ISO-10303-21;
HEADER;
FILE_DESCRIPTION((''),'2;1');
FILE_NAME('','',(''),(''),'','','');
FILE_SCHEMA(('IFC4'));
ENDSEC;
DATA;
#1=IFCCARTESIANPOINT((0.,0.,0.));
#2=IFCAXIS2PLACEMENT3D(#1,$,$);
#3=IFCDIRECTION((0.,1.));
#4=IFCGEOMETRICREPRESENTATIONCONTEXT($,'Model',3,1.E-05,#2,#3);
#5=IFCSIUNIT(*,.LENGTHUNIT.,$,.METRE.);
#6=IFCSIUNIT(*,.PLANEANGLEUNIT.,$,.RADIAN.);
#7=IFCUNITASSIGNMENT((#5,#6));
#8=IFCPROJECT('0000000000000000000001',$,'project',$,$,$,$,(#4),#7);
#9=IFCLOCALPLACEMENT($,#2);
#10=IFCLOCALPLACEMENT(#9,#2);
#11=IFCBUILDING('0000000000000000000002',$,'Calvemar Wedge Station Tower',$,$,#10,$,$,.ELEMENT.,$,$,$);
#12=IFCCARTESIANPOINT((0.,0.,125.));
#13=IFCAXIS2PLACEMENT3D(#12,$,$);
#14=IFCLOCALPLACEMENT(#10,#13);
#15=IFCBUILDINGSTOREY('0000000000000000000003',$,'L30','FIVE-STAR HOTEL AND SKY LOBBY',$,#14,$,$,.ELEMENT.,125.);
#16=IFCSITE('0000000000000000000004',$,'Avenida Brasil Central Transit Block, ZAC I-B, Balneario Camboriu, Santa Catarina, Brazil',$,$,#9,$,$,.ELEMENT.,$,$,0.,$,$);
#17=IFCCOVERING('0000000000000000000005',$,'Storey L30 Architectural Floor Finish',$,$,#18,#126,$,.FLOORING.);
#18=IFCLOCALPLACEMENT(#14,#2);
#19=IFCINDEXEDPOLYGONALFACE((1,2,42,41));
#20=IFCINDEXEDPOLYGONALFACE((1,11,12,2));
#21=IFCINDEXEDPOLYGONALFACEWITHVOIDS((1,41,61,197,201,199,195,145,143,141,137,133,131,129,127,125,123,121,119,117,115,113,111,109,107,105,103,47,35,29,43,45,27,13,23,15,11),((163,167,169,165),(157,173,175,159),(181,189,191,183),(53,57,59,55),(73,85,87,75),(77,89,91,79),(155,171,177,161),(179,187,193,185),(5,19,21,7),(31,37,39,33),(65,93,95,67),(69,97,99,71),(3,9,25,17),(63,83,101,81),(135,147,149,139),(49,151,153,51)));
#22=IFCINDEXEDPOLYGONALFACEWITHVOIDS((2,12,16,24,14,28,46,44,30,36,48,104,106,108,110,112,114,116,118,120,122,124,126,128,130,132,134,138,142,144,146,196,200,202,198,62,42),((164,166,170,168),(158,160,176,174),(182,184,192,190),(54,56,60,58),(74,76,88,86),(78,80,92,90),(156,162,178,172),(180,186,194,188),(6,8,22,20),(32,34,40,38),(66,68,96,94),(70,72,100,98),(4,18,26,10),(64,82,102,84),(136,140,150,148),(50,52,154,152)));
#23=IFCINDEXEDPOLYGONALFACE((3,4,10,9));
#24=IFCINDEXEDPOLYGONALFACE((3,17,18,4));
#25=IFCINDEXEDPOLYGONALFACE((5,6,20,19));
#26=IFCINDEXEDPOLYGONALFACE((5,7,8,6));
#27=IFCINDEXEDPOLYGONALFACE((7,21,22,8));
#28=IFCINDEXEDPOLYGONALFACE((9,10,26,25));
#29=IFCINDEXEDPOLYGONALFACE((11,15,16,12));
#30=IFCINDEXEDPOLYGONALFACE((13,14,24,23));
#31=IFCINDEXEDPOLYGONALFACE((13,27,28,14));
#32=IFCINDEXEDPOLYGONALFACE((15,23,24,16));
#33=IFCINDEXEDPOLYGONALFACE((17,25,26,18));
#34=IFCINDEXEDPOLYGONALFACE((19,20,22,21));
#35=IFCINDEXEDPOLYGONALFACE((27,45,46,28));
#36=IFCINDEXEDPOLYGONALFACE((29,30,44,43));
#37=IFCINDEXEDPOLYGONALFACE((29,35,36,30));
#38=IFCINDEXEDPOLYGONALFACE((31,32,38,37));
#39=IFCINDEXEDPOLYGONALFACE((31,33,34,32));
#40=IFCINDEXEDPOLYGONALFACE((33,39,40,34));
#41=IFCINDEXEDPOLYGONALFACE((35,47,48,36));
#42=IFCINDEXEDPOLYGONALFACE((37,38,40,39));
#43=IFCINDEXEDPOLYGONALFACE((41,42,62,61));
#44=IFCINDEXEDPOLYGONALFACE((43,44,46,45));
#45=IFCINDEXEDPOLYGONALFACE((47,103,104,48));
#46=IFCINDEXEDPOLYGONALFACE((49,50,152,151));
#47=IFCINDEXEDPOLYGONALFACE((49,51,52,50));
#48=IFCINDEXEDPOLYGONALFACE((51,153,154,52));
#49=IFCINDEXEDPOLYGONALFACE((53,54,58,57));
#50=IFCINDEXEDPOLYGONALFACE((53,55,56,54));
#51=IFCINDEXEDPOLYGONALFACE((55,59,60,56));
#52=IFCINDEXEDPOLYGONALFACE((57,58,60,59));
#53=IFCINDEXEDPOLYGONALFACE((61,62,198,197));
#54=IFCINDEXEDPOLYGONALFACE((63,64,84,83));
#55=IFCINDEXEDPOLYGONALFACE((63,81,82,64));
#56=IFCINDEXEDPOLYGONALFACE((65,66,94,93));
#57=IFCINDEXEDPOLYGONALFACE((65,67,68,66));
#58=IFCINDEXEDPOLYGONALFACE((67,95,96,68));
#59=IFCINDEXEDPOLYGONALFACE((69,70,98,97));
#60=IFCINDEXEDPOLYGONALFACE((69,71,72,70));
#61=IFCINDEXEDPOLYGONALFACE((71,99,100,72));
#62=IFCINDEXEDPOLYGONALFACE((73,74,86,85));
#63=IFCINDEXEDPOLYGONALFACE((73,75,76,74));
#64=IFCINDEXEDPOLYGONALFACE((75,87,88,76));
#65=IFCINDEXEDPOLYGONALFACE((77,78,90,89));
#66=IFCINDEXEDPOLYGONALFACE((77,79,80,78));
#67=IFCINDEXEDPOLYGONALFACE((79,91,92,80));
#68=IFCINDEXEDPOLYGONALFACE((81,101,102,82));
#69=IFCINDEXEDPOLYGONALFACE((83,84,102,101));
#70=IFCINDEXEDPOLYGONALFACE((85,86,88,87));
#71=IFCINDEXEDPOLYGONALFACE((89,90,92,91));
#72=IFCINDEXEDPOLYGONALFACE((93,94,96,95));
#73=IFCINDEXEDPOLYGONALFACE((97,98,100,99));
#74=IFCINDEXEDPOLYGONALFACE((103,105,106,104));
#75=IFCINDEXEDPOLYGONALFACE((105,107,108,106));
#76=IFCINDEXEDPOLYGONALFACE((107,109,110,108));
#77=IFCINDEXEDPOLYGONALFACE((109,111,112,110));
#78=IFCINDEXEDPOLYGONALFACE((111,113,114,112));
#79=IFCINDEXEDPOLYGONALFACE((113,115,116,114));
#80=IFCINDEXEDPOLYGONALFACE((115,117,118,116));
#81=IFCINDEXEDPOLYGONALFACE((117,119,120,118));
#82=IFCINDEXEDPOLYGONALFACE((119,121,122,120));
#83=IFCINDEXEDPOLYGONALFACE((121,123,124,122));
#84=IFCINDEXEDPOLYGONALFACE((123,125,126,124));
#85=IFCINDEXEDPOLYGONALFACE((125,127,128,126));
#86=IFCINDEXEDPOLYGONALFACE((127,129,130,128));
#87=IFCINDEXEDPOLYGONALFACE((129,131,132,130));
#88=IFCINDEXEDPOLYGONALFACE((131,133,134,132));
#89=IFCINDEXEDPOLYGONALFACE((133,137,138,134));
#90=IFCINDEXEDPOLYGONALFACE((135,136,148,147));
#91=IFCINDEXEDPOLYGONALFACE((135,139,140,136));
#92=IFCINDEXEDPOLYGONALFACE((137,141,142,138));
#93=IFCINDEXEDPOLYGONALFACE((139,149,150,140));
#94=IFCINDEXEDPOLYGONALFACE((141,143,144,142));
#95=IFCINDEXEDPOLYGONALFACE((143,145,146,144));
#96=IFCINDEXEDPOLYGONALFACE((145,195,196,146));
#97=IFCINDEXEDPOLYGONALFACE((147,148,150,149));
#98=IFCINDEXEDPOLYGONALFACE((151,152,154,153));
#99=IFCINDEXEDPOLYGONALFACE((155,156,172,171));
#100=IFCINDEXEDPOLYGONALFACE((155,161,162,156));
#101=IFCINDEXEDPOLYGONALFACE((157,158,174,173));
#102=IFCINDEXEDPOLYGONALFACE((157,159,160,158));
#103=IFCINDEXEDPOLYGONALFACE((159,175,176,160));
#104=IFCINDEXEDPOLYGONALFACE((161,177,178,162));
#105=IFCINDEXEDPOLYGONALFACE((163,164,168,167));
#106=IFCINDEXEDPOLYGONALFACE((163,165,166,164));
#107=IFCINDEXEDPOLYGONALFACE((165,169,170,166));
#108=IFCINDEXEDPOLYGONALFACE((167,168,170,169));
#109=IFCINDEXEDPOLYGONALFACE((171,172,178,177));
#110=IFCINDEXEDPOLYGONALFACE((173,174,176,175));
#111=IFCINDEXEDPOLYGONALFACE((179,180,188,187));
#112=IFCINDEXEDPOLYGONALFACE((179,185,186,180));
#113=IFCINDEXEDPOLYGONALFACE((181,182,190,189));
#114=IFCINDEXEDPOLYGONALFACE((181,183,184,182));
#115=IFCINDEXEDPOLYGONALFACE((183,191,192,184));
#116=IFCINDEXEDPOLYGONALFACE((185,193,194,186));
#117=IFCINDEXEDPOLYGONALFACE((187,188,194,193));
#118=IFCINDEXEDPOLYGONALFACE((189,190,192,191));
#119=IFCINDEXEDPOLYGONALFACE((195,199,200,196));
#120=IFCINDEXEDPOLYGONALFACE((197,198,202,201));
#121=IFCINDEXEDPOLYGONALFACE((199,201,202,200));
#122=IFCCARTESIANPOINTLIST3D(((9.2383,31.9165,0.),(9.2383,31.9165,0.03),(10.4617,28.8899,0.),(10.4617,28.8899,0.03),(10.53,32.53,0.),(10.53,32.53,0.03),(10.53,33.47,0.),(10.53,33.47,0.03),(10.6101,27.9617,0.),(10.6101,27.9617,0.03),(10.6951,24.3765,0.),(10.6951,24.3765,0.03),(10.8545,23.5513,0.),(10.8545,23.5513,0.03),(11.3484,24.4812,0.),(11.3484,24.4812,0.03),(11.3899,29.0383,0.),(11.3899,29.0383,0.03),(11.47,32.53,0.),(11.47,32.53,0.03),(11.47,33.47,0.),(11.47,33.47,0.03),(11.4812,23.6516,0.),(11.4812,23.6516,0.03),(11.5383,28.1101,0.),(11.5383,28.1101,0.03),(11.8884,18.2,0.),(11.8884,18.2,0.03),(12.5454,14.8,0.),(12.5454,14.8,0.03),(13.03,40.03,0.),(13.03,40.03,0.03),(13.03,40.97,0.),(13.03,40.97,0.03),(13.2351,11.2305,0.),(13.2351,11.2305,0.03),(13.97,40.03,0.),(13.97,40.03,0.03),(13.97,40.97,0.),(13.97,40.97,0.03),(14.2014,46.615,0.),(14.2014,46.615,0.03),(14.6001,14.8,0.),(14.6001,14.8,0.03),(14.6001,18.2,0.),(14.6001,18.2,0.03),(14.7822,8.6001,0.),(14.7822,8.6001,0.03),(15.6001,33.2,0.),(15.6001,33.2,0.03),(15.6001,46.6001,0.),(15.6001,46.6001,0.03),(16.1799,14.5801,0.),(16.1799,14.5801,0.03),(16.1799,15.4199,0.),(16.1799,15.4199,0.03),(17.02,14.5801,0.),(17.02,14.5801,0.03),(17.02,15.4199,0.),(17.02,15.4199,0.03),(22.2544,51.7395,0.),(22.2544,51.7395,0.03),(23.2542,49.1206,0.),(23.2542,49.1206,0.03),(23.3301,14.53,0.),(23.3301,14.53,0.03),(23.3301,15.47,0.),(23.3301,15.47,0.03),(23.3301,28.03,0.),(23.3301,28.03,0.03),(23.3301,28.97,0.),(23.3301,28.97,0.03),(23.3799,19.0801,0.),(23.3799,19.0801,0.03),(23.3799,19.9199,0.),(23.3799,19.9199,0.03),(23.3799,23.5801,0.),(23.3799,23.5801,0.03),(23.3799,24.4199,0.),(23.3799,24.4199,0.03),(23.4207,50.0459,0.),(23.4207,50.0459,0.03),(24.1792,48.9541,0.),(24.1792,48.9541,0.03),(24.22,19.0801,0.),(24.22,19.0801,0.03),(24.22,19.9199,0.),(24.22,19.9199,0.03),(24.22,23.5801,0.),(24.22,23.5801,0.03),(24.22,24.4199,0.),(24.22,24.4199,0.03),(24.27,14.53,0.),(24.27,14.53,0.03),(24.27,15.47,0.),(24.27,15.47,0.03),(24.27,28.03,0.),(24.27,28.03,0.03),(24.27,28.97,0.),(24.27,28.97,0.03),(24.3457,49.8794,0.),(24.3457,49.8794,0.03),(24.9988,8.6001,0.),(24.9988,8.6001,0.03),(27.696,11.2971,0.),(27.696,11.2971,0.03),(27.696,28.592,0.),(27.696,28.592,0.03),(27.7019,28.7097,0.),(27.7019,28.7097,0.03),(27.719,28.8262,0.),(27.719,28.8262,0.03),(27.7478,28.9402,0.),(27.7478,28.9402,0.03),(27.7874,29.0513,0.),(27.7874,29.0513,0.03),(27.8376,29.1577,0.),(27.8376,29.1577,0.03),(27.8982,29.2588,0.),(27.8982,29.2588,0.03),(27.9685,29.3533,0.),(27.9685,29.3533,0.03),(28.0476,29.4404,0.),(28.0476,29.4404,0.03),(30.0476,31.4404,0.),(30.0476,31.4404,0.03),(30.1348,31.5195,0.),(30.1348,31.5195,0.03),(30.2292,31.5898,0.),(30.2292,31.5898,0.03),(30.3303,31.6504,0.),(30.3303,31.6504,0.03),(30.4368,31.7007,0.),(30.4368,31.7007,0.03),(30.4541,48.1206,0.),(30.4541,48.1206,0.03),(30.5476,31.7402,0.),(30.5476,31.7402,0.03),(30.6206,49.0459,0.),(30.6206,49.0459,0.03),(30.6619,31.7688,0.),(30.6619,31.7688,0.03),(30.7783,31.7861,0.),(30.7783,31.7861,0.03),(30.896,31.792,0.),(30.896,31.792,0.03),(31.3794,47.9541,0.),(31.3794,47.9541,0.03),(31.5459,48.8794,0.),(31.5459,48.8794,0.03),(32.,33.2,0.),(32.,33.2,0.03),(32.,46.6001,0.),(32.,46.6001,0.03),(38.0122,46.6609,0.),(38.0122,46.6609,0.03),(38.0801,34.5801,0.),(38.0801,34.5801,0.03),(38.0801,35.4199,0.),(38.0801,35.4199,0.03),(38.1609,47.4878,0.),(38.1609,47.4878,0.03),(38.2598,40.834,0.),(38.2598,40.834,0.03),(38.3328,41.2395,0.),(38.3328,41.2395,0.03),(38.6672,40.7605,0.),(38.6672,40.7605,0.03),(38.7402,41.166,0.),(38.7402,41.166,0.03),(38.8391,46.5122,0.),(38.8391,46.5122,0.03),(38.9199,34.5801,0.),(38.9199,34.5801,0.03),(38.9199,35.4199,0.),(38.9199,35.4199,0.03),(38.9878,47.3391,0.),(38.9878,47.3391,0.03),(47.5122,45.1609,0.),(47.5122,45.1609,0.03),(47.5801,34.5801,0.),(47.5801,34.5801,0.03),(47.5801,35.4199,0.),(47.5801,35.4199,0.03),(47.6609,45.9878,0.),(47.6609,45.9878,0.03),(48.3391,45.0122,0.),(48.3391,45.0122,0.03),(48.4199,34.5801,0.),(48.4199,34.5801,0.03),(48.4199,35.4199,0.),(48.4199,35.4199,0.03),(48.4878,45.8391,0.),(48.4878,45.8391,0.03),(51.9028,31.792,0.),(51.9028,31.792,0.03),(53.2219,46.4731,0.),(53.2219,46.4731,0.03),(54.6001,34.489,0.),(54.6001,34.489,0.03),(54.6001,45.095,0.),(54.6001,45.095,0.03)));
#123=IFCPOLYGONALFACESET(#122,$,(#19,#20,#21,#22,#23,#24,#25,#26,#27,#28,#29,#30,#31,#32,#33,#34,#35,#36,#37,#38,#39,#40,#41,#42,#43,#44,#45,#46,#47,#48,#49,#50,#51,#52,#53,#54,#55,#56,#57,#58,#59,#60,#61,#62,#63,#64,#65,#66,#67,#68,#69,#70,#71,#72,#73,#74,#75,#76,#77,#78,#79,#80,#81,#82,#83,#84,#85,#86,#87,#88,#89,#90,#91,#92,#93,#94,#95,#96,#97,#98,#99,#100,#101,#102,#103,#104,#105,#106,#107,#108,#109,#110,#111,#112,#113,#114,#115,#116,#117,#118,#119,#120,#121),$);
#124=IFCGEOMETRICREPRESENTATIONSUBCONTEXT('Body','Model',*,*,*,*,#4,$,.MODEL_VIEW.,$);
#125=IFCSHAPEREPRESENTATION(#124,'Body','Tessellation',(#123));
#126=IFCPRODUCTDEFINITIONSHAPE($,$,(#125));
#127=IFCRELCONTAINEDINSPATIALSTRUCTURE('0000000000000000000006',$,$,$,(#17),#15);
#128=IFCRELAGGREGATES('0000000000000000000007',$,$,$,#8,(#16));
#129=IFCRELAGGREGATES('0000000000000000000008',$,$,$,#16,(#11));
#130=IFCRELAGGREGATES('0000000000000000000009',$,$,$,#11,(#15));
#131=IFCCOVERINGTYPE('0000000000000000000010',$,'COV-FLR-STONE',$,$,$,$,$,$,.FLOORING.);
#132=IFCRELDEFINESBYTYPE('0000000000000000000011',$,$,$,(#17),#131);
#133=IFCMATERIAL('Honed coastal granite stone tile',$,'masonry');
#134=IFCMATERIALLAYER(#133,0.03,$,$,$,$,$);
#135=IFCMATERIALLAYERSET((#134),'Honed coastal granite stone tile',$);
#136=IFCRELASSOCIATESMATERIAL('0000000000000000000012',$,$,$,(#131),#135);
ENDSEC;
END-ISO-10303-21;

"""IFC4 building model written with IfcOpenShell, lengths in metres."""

from ifc_helpers import new_model, si_unit, direction, frame, origin, place, context, subcontext, project, spatial, polyline, outline, extrude, material, layer, layer_set, type_object, element, save


model = new_model("IFC4")

# Units and contexts
model_context = context("Model", 3, precision=1e-05, world=origin(), true_north=direction((0.0, 1.0)))
body_context = subcontext(model_context, "Body", "Model", "MODEL_VIEW")
ifc_project = project(units=[si_unit("LENGTHUNIT", "METRE"), si_unit("PLANEANGLEUNIT", "RADIAN")], contexts=[model_context])

# Site, building, storey
site_placement = place(None, origin())
site = spatial("IfcSite", under=ifc_project, at=site_placement, Name="Avenida Brasil Central Transit Block, ZAC I-B, Balneario Camboriu, Santa Catarina, Brazil", CompositionType="ELEMENT", RefElevation=0.0)
building_placement = place(site_placement, origin())
building = spatial("IfcBuilding", under=site, at=building_placement, Name="Calvemar Wedge Station Tower", CompositionType="ELEMENT")
storey_placement = place(building_placement, frame((0.0, 0.0, 125.0)))
storey = spatial("IfcBuildingStorey", under=building, at=storey_placement, Name="L30", Description="FIVE-STAR HOTEL AND SKY LOBBY", CompositionType="ELEMENT", Elevation=125.0)

# Covering
ifc_material_1 = material(Name="Honed coastal granite stone tile", Category="masonry")
ifc_layer_1 = layer(ifc_material_1, 0.03)
ifc_layer_set_1 = layer_set([ifc_layer_1], Name="Honed coastal granite stone tile")
covering_type_1 = type_object("IfcCoveringType", Name="COV-FLR-STONE", PredefinedType="FLOORING", material=ifc_layer_set_1)
covering_1_placement = place(storey_placement, origin())
element("IfcCovering", 1, at=covering_1_placement, inside=storey, type_object=covering_type_1, Name="Storey L30 Architectural Floor Finish", PredefinedType="FLOORING", context=body_context, shape_type="SweptSolid", body=[
    extrude(outline(polyline([(28.0476, 29.4404), (30.0476, 31.4404), (30.1348, 31.5195), (30.2292, 31.5898), (30.3303, 31.6504), (30.4368, 31.7007), (30.5476, 31.7402), (30.6619, 31.7688), (30.7783, 31.7861), (30.896, 31.792), (51.9028, 31.792), (54.6001, 34.489), (54.6001, 45.095), (53.2219, 46.4731), (22.2544, 51.7395), (14.2014, 46.615), (9.2383, 31.9165), (10.6951, 24.3765), (11.3484, 24.4812), (11.4812, 23.6516), (10.8545, 23.5513), (11.8884, 18.2), (14.6001, 18.2), (14.6001, 14.8), (12.5454, 14.8), (13.2351, 11.2305), (14.7822, 8.6001), (24.9988, 8.6001), (27.696, 11.2971), (27.696, 28.592), (27.7019, 28.7097), (27.719, 28.8262), (27.7478, 28.9402), (27.7874, 29.0513), (27.8376, 29.1577), (27.8982, 29.2588), (27.9685, 29.3533), (28.0476, 29.4404)]), holes=[polyline([(15.6001, 46.6001), (32.0, 46.6001), (32.0, 33.2), (15.6001, 33.2), (15.6001, 46.6001)]), polyline([(10.53, 32.53), (10.53, 33.47), (11.47, 33.47), (11.47, 32.53), (10.53, 32.53)]), polyline([(13.03, 40.97), (13.97, 40.97), (13.97, 40.03), (13.03, 40.03), (13.03, 40.97)]), polyline([(24.3457, 49.8794), (24.1792, 48.9541), (23.2542, 49.1206), (23.4207, 50.0459), (24.3457, 49.8794)]), polyline([(31.3794, 47.9541), (30.4541, 48.1206), (30.6206, 49.0459), (31.5459, 48.8794), (31.3794, 47.9541)]), polyline([(38.0122, 46.6609), (38.1609, 47.4878), (38.9878, 47.3391), (38.8391, 46.5122), (38.0122, 46.6609)]), polyline([(47.6609, 45.9878), (48.4878, 45.8391), (48.3391, 45.0122), (47.5122, 45.1609), (47.6609, 45.9878)]), polyline([(38.9199, 35.4199), (38.9199, 34.5801), (38.0801, 34.5801), (38.0801, 35.4199), (38.9199, 35.4199)]), polyline([(48.4199, 34.5801), (47.5801, 34.5801), (47.5801, 35.4199), (48.4199, 35.4199), (48.4199, 34.5801)]), polyline([(38.2598, 40.834), (38.3328, 41.2395), (38.7402, 41.166), (38.6672, 40.7605), (38.2598, 40.834)]), polyline([(11.3899, 29.0383), (11.5383, 28.1101), (10.6101, 27.9617), (10.4617, 28.8899), (11.3899, 29.0383)]), polyline([(24.27, 28.03), (23.3301, 28.03), (23.3301, 28.97), (24.27, 28.97), (24.27, 28.03)]), polyline([(23.3799, 23.5801), (23.3799, 24.4199), (24.22, 24.4199), (24.22, 23.5801), (23.3799, 23.5801)]), polyline([(23.3799, 19.9199), (24.22, 19.9199), (24.22, 19.0801), (23.3799, 19.0801), (23.3799, 19.9199)]), polyline([(24.27, 15.47), (24.27, 14.53), (23.3301, 14.53), (23.3301, 15.47), (24.27, 15.47)]), polyline([(17.02, 14.5801), (16.1799, 14.5801), (16.1799, 15.4199), (17.02, 15.4199), (17.02, 14.5801)])]), origin(), (0.0, 0.0, 1.0), 0.03),
])

save(model, "model.ifc")
